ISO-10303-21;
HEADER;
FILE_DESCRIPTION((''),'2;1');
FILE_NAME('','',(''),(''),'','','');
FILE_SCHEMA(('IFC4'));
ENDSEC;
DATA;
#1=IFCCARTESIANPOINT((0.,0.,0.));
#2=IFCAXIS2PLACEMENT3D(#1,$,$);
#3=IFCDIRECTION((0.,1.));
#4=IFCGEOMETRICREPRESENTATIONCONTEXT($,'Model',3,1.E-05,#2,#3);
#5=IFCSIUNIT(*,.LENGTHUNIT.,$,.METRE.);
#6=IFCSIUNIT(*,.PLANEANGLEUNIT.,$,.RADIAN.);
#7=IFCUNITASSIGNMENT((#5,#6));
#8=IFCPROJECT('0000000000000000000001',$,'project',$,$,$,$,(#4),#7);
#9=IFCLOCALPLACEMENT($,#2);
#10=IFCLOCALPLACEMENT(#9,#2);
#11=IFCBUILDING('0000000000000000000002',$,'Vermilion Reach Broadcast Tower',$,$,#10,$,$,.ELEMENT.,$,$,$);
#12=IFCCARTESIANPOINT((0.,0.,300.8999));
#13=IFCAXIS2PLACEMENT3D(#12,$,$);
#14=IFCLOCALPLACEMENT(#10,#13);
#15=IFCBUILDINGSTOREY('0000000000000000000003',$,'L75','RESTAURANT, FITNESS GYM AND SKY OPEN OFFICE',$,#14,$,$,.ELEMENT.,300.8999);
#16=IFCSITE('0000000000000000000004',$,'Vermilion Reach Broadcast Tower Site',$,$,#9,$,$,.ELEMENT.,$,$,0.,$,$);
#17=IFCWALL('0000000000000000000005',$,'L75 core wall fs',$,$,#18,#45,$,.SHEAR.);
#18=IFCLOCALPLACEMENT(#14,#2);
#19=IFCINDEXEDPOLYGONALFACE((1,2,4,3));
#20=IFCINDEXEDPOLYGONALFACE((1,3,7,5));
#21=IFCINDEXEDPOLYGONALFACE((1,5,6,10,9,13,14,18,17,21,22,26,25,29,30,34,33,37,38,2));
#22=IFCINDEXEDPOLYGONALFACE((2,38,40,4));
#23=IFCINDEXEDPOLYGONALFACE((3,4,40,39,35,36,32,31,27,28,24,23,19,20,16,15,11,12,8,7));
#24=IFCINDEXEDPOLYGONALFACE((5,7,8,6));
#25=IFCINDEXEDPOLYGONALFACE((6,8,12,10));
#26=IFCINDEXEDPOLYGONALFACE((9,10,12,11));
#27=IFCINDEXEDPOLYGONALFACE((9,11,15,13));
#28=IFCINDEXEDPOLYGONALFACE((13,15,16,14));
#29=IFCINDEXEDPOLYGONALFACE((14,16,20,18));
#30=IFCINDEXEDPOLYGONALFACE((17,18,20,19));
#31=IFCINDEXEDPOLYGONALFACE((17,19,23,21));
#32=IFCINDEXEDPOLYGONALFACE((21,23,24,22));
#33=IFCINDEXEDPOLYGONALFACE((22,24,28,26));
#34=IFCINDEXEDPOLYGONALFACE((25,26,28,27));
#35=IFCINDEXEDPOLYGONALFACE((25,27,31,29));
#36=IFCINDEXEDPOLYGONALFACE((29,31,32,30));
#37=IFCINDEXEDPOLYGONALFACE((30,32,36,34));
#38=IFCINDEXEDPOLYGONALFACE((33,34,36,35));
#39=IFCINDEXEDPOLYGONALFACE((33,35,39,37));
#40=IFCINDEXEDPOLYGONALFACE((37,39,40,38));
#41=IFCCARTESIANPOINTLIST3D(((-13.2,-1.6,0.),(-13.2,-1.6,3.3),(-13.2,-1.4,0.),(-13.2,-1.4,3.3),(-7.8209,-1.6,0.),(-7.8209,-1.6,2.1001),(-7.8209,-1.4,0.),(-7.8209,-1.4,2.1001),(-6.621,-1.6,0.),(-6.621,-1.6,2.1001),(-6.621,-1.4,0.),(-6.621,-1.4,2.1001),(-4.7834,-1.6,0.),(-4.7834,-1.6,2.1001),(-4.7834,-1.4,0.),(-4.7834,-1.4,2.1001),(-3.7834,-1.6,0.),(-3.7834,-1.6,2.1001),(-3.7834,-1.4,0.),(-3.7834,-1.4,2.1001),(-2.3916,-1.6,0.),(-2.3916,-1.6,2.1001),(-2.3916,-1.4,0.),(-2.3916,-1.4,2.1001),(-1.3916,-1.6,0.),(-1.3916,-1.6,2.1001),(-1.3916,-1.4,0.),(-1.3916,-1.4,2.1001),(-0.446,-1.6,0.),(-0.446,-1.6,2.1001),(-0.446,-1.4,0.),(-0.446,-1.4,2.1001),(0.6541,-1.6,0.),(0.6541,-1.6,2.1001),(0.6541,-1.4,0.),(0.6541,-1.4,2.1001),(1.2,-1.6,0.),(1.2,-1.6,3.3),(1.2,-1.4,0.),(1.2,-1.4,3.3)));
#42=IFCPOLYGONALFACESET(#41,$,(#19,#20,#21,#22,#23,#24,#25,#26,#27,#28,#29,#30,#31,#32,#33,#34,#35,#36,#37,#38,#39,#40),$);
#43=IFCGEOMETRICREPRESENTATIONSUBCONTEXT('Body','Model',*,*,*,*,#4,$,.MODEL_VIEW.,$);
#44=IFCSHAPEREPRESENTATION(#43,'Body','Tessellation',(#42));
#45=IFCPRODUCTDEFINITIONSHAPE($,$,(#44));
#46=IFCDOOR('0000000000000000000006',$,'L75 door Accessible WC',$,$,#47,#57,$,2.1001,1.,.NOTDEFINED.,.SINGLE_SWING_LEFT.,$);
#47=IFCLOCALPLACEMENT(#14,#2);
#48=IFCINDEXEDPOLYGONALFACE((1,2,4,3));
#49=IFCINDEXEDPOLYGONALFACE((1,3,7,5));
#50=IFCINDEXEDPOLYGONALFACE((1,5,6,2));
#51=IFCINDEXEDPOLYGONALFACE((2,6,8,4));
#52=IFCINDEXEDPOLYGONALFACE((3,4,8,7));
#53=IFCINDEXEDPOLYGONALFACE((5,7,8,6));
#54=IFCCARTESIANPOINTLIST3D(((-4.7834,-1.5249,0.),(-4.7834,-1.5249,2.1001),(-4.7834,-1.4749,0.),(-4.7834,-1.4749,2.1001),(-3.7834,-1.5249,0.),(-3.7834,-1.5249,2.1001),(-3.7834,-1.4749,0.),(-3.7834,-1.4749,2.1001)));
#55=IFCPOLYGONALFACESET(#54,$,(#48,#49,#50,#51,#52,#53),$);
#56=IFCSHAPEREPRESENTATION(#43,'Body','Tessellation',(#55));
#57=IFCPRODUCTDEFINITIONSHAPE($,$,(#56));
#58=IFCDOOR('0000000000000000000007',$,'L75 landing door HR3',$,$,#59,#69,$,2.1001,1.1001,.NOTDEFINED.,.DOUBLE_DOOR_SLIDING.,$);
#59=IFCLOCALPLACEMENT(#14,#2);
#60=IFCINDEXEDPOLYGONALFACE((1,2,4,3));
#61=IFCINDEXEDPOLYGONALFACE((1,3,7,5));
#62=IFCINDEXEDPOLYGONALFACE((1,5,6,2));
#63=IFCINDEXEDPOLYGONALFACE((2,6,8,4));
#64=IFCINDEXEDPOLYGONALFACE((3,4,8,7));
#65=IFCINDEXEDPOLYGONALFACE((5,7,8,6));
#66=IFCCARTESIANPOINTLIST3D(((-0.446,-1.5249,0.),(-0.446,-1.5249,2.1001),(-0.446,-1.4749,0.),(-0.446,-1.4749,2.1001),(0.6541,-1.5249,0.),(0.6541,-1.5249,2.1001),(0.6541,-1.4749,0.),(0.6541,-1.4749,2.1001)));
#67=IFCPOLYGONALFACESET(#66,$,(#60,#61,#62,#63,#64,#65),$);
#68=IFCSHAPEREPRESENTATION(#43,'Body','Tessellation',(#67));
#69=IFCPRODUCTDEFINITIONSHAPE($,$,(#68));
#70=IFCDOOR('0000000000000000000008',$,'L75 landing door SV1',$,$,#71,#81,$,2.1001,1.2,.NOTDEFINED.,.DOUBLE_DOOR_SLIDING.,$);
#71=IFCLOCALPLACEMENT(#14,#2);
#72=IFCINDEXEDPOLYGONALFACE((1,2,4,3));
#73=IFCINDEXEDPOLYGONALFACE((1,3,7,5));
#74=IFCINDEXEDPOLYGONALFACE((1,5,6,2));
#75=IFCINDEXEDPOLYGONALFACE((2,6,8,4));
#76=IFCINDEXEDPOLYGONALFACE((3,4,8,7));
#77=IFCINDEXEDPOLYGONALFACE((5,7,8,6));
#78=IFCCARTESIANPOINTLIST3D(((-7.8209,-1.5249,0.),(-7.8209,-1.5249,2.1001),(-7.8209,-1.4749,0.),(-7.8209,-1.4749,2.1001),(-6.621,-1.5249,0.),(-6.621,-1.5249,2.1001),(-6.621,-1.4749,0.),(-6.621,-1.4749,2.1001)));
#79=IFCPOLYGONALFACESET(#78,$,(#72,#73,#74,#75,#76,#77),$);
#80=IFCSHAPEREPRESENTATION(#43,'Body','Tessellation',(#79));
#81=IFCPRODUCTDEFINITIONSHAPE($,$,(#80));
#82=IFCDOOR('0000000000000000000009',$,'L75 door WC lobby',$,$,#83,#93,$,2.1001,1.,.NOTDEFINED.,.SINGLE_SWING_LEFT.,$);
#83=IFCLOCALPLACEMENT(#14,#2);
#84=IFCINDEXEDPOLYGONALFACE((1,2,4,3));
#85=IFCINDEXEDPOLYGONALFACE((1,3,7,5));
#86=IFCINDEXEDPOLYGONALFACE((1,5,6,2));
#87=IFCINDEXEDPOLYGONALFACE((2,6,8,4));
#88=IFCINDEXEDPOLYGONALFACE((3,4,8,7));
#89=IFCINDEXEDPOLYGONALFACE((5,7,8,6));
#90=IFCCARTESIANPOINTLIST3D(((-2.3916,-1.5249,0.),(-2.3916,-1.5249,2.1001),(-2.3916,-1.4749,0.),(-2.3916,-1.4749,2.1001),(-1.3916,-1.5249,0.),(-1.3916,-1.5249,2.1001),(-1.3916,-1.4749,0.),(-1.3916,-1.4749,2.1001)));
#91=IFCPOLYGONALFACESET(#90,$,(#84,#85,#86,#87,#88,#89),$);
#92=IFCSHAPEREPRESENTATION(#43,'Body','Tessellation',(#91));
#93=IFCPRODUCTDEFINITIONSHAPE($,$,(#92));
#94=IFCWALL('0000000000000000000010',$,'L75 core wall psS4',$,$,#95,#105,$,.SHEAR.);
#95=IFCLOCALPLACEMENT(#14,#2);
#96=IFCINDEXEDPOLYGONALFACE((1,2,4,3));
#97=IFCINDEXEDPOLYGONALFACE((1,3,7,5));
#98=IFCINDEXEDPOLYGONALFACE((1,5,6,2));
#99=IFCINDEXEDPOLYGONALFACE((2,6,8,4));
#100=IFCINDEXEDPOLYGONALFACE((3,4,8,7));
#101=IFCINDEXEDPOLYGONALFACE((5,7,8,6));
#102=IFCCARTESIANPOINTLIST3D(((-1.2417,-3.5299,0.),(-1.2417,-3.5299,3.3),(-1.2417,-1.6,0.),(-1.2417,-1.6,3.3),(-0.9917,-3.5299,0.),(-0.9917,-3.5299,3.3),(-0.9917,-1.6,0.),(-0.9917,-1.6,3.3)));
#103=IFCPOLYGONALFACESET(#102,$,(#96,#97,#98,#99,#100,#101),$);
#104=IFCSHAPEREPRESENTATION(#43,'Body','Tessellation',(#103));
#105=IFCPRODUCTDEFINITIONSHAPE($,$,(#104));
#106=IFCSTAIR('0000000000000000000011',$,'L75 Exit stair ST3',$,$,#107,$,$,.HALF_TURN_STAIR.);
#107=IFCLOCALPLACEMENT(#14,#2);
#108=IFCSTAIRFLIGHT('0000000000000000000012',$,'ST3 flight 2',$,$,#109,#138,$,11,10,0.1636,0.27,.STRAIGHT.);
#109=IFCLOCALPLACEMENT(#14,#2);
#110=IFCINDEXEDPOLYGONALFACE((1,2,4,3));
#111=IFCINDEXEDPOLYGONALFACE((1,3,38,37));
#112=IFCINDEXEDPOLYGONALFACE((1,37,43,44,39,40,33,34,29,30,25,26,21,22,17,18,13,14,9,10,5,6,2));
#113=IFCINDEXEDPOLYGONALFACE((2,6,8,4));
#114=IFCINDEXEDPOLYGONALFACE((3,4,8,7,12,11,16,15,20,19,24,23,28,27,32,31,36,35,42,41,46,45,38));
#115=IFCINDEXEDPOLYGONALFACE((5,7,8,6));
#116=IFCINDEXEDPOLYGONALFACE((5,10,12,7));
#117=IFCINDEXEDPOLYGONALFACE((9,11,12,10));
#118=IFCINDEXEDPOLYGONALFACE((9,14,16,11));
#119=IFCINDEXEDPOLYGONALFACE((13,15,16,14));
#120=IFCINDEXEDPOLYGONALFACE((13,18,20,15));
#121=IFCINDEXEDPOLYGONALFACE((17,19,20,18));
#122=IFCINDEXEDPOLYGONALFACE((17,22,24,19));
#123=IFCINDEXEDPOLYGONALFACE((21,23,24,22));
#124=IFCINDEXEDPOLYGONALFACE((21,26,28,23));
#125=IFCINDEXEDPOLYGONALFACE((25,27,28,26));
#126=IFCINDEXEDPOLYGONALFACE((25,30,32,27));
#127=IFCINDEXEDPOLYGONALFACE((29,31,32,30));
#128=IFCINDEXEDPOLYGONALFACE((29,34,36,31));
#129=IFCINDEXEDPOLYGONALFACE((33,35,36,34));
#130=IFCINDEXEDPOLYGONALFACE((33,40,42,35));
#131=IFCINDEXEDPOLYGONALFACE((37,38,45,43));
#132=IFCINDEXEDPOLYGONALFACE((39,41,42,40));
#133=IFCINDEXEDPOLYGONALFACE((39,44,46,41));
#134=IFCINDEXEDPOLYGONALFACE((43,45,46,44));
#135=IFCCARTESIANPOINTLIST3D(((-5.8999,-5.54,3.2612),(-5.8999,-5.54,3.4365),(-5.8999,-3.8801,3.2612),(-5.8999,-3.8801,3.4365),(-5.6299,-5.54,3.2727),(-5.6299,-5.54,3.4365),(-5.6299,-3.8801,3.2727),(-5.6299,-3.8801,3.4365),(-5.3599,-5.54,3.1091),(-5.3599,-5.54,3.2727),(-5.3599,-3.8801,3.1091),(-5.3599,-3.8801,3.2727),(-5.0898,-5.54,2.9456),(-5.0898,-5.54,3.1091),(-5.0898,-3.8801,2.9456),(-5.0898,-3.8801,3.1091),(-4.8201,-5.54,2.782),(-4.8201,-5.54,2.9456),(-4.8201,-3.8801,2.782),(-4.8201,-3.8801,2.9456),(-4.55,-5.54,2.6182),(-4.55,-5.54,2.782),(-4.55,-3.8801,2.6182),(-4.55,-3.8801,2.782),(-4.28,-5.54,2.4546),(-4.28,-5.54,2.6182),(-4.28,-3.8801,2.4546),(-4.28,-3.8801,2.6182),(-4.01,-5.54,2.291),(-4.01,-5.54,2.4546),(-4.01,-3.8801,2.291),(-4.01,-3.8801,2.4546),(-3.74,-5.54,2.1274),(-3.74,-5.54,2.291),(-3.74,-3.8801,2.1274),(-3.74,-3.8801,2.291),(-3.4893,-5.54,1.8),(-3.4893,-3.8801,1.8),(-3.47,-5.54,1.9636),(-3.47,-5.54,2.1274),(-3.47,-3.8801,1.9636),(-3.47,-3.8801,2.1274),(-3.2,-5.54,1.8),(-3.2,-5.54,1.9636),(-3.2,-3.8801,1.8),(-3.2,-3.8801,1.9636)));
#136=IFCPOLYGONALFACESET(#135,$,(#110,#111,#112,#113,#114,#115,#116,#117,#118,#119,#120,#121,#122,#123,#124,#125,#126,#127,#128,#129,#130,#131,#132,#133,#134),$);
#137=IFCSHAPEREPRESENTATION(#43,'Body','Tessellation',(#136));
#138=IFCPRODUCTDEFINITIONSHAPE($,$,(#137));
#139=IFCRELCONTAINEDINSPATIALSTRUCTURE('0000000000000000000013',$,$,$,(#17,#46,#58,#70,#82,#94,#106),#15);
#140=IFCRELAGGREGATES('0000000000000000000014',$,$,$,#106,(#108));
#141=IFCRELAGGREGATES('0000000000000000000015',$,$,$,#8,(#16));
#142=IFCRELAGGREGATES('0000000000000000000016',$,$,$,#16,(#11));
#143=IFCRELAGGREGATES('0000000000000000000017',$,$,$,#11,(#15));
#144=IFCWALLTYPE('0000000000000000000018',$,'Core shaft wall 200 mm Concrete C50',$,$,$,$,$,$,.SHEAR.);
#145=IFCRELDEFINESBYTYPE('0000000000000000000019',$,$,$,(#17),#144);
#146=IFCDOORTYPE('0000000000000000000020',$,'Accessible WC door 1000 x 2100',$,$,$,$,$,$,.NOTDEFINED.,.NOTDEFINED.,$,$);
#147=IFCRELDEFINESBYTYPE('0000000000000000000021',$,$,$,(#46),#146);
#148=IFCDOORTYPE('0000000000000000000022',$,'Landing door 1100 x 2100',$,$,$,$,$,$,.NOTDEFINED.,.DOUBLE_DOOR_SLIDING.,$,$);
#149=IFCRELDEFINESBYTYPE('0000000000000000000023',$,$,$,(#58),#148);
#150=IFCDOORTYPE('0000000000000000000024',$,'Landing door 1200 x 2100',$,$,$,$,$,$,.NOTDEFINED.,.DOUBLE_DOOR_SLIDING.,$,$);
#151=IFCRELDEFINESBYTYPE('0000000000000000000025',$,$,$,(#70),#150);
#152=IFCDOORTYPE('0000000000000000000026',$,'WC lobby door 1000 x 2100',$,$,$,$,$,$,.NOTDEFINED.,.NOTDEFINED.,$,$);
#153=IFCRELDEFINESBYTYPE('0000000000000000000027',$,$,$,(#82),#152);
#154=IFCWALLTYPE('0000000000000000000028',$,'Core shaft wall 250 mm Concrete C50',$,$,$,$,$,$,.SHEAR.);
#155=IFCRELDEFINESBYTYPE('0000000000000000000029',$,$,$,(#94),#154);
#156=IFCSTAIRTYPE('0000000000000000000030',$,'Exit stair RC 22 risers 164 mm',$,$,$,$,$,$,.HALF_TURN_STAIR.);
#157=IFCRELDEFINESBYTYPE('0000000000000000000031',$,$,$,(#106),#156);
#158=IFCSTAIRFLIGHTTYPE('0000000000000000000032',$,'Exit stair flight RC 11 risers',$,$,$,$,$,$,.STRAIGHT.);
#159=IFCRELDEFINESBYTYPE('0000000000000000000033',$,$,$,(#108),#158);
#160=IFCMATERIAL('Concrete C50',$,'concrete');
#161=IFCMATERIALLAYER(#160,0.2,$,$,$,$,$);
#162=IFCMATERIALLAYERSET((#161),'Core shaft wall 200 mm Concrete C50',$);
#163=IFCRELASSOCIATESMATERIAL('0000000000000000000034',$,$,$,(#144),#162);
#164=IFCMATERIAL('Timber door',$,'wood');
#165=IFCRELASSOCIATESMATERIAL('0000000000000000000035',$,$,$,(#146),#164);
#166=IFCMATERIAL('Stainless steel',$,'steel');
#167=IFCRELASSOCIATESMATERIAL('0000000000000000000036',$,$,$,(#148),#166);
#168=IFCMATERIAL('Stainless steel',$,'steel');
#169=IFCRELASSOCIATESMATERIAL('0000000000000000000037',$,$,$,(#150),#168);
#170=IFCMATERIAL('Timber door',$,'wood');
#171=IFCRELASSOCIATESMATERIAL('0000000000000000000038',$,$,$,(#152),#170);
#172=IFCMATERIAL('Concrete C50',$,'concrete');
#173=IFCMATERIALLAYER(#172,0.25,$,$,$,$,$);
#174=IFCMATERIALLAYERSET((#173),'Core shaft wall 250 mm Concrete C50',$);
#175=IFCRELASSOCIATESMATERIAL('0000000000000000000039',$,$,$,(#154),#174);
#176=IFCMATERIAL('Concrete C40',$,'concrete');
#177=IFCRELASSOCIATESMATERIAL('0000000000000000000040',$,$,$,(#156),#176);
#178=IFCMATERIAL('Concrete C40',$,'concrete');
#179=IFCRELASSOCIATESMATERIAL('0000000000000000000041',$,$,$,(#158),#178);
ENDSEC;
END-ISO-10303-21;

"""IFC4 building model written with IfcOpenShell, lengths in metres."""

from ifc_helpers import new_model, si_unit, direction, frame, frame_2d, origin, place, context, subcontext, project, spatial, polyline, rectangle, outline, extrude, material, layer, layer_set, type_object, element, fill, aggregate, save


model = new_model("IFC4")

# Units and contexts
model_context = context("Model", 3, precision=1e-05, world=origin(), true_north=direction((0.0, 1.0)))
body_context = subcontext(model_context, "Body", "Model", "MODEL_VIEW")
ifc_project = project(units=[si_unit("LENGTHUNIT", "METRE"), si_unit("PLANEANGLEUNIT", "RADIAN")], contexts=[model_context])

# Site, building, storey
site_placement = place(None, origin())
site = spatial("IfcSite", under=ifc_project, at=site_placement, Name="Vermilion Reach Broadcast Tower Site", CompositionType="ELEMENT", RefElevation=0.0)
building_placement = place(site_placement, origin())
building = spatial("IfcBuilding", under=site, at=building_placement, Name="Vermilion Reach Broadcast Tower", CompositionType="ELEMENT")
storey_placement = place(building_placement, frame((0.0, 0.0, 300.8999)))
storey = spatial("IfcBuildingStorey", under=building, at=storey_placement, Name="L75", Description="RESTAURANT, FITNESS GYM AND SKY OPEN OFFICE", CompositionType="ELEMENT", Elevation=300.8999)

# Wall, openings, doors
ifc_material_1 = material(Name="Concrete C50", Category="concrete")
ifc_layer_1 = layer(ifc_material_1, 0.2)
ifc_layer_set_1 = layer_set([ifc_layer_1], Name="Core shaft wall 200 mm Concrete C50")
wall_type_1 = type_object("IfcWallType", Name="Core shaft wall 200 mm Concrete C50", PredefinedType="SHEAR", material=ifc_layer_set_1)
wall_1_placement = place(storey_placement, frame((1.2, -1.5, 0.0), z_axis=(0.0, 0.0, 1.0), x_axis=(-1.0, 0.0, 0.0)))
wall_1 = element("IfcWall", 1, at=wall_1_placement, inside=storey, type_object=wall_type_1, Name="L75 core wall fs", PredefinedType="SHEAR", context=body_context, shape_type="SweptSolid", body=[
    extrude(rectangle(XDim=14.3999, YDim=0.2, at=frame_2d((7.2, 0.0))), origin(), (0.0, 0.0, 1.0), 3.3),
])
opening_1_placement = place(wall_1_placement, frame((7.8208, 0.0, 0.0)))
opening_1 = element("IfcOpeningElement", 2, at=opening_1_placement, cuts=wall_1, PredefinedType="OPENING", context=body_context, shape_type="SweptSolid", body=[
    extrude(rectangle(XDim=1.2, YDim=2.1001, at=frame_2d((0.6001, 1.05))), frame((0.0, 0.1099, 0.0), z_axis=(0.0, -1.0, 0.0), x_axis=(1.0, 0.0, 0.0)), (0.0, 0.0, 1.0), 0.22),
])
opening_2_placement = place(wall_1_placement, frame((0.5459, 0.0, 0.0)))
opening_2 = element("IfcOpeningElement", 3, at=opening_2_placement, cuts=wall_1, PredefinedType="OPENING", context=body_context, shape_type="SweptSolid", body=[
    extrude(rectangle(XDim=1.1001, YDim=2.1001, at=frame_2d((0.55, 1.05))), frame((0.0, 0.1099, 0.0), z_axis=(0.0, -1.0, 0.0), x_axis=(1.0, 0.0, 0.0)), (0.0, 0.0, 1.0), 0.22),
])
opening_3_placement = place(wall_1_placement, frame((4.9834, 0.0, 0.0)))
opening_3 = element("IfcOpeningElement", 4, at=opening_3_placement, cuts=wall_1, PredefinedType="OPENING", context=body_context, shape_type="SweptSolid", body=[
    extrude(rectangle(XDim=1.0, YDim=2.1001, at=frame_2d((0.5, 1.05))), frame((0.0, 0.1099, 0.0), z_axis=(0.0, -1.0, 0.0), x_axis=(1.0, 0.0, 0.0)), (0.0, 0.0, 1.0), 0.22),
])
opening_4_placement = place(wall_1_placement, frame((2.5916, 0.0, 0.0)))
opening_4 = element("IfcOpeningElement", 5, at=opening_4_placement, cuts=wall_1, PredefinedType="OPENING", context=body_context, shape_type="SweptSolid", body=[
    extrude(rectangle(XDim=1.0, YDim=2.1001, at=frame_2d((0.5, 1.05))), frame((0.0, 0.1099, 0.0), z_axis=(0.0, -1.0, 0.0), x_axis=(1.0, 0.0, 0.0)), (0.0, 0.0, 1.0), 0.22),
])
ifc_material_2 = material(Name="Timber door", Category="wood")
door_type_1 = type_object("IfcDoorType", Name="Accessible WC door 1000 x 2100", OperationType="NOTDEFINED", PredefinedType="NOTDEFINED", material=ifc_material_2)
door_1_placement = place(opening_3_placement, origin())
door_1 = element("IfcDoor", 6, at=door_1_placement, inside=storey, type_object=door_type_1, Name="L75 door Accessible WC", OperationType="SINGLE_SWING_LEFT", OverallHeight=2.1001, OverallWidth=1.0, PredefinedType="NOTDEFINED", context=body_context, shape_type="SweptSolid", body=[
    extrude(rectangle(XDim=1.0, YDim=2.1001, at=frame_2d((0.5, 1.05))), frame((0.0, 0.0249, 0.0), z_axis=(0.0, -1.0, 0.0), x_axis=(1.0, 0.0, 0.0)), (0.0, 0.0, 1.0), 0.05),
])
fill(opening_3, door_1)
ifc_material_3 = material(Name="Stainless steel", Category="steel")
door_type_2 = type_object("IfcDoorType", Name="Landing door 1100 x 2100", OperationType="DOUBLE_DOOR_SLIDING", PredefinedType="NOTDEFINED", material=ifc_material_3)
door_2_placement = place(opening_2_placement, origin())
door_2 = element("IfcDoor", 7, at=door_2_placement, inside=storey, type_object=door_type_2, Name="L75 landing door HR3", OperationType="DOUBLE_DOOR_SLIDING", OverallHeight=2.1001, OverallWidth=1.1001, PredefinedType="NOTDEFINED", context=body_context, shape_type="SweptSolid", body=[
    extrude(rectangle(XDim=1.1001, YDim=2.1001, at=frame_2d((0.55, 1.05))), frame((0.0, 0.0249, 0.0), z_axis=(0.0, -1.0, 0.0), x_axis=(1.0, 0.0, 0.0)), (0.0, 0.0, 1.0), 0.05),
])
fill(opening_2, door_2)
ifc_material_4 = material(Name="Stainless steel", Category="steel")
door_type_3 = type_object("IfcDoorType", Name="Landing door 1200 x 2100", OperationType="DOUBLE_DOOR_SLIDING", PredefinedType="NOTDEFINED", material=ifc_material_4)
door_3_placement = place(opening_1_placement, origin())
door_3 = element("IfcDoor", 8, at=door_3_placement, inside=storey, type_object=door_type_3, Name="L75 landing door SV1", OperationType="DOUBLE_DOOR_SLIDING", OverallHeight=2.1001, OverallWidth=1.2, PredefinedType="NOTDEFINED", context=body_context, shape_type="SweptSolid", body=[
    extrude(rectangle(XDim=1.2, YDim=2.1001, at=frame_2d((0.6001, 1.05))), frame((0.0, 0.0249, 0.0), z_axis=(0.0, -1.0, 0.0), x_axis=(1.0, 0.0, 0.0)), (0.0, 0.0, 1.0), 0.05),
])
fill(opening_1, door_3)
ifc_material_5 = material(Name="Timber door", Category="wood")
door_type_4 = type_object("IfcDoorType", Name="WC lobby door 1000 x 2100", OperationType="NOTDEFINED", PredefinedType="NOTDEFINED", material=ifc_material_5)
door_4_placement = place(opening_4_placement, origin())
door_4 = element("IfcDoor", 9, at=door_4_placement, inside=storey, type_object=door_type_4, Name="L75 door WC lobby", OperationType="SINGLE_SWING_LEFT", OverallHeight=2.1001, OverallWidth=1.0, PredefinedType="NOTDEFINED", context=body_context, shape_type="SweptSolid", body=[
    extrude(rectangle(XDim=1.0, YDim=2.1001, at=frame_2d((0.5, 1.05))), frame((0.0, 0.0249, 0.0), z_axis=(0.0, -1.0, 0.0), x_axis=(1.0, 0.0, 0.0)), (0.0, 0.0, 1.0), 0.05),
])
fill(opening_4, door_4)

# Wall
ifc_material_6 = material(Name="Concrete C50", Category="concrete")
ifc_layer_2 = layer(ifc_material_6, 0.25)
ifc_layer_set_2 = layer_set([ifc_layer_2], Name="Core shaft wall 250 mm Concrete C50")
wall_type_2 = type_object("IfcWallType", Name="Core shaft wall 250 mm Concrete C50", PredefinedType="SHEAR", material=ifc_layer_set_2)
wall_2_placement = place(storey_placement, frame((-1.1167, -1.6001, 0.0), z_axis=(0.0, 0.0, 1.0), x_axis=(0.0, -1.0, 0.0)))
element("IfcWall", 10, at=wall_2_placement, inside=storey, type_object=wall_type_2, Name="L75 core wall psS4", PredefinedType="SHEAR", context=body_context, shape_type="SweptSolid", body=[
    extrude(rectangle(XDim=1.9299, YDim=0.25, at=frame_2d((0.9648, 0.0))), origin(), (0.0, 0.0, 1.0), 3.3),
])

# Stair, stair flight
ifc_material_7 = material(Name="Concrete C40", Category="concrete")
stair_type = type_object("IfcStairType", Name="Exit stair RC 22 risers 164 mm", PredefinedType="HALF_TURN_STAIR", material=ifc_material_7)
placement_1 = place(storey_placement, origin())
stair = element("IfcStair", 11, at=placement_1, inside=storey, type_object=stair_type, Name="L75 Exit stair ST3", PredefinedType="HALF_TURN_STAIR")
ifc_material_8 = material(Name="Concrete C40", Category="concrete")
stair_flight_type = type_object("IfcStairFlightType", Name="Exit stair flight RC 11 risers", PredefinedType="STRAIGHT", material=ifc_material_8)
stair_flight_placement = place(storey_placement, frame((-3.2, -4.71, 1.8), z_axis=(0.0, 0.0, 1.0), x_axis=(-1.0, 0.0, 0.0)))
stair_flight = element("IfcStairFlight", 12, at=stair_flight_placement, type_object=stair_flight_type, Name="ST3 flight 2", NumberOfRisers=11, NumberOfTreads=10, PredefinedType="STRAIGHT", RiserHeight=0.1636, TreadLength=0.27, context=body_context, shape_type="SweptSolid", body=[
    extrude(outline(polyline([(0.0, 0.0), (0.0, 0.1636), (0.27, 0.1636), (0.27, 0.3274), (0.54, 0.3274), (0.54, 0.491), (0.8101, 0.491), (0.8101, 0.6545), (1.0801, 0.6545), (1.0801, 0.8181), (1.3501, 0.8181), (1.3501, 0.9819), (1.6201, 0.9819), (1.6201, 1.1455), (1.8899, 1.1455), (1.8899, 1.3091), (2.1599, 1.3091), (2.1599, 1.4727), (2.4299, 1.4727), (2.4299, 1.6365), (2.7, 1.6365), (2.7, 1.8), (2.7, 1.4612), (0.2893, 0.0), (0.0, 0.0)])), frame((0.0, 0.8301, 0.0), z_axis=(0.0, -1.0, 0.0), x_axis=(1.0, 0.0, 0.0)), (0.0, 0.0, 1.0), 1.6599),
])
aggregate(stair, [stair_flight])

save(model, "model.ifc")
